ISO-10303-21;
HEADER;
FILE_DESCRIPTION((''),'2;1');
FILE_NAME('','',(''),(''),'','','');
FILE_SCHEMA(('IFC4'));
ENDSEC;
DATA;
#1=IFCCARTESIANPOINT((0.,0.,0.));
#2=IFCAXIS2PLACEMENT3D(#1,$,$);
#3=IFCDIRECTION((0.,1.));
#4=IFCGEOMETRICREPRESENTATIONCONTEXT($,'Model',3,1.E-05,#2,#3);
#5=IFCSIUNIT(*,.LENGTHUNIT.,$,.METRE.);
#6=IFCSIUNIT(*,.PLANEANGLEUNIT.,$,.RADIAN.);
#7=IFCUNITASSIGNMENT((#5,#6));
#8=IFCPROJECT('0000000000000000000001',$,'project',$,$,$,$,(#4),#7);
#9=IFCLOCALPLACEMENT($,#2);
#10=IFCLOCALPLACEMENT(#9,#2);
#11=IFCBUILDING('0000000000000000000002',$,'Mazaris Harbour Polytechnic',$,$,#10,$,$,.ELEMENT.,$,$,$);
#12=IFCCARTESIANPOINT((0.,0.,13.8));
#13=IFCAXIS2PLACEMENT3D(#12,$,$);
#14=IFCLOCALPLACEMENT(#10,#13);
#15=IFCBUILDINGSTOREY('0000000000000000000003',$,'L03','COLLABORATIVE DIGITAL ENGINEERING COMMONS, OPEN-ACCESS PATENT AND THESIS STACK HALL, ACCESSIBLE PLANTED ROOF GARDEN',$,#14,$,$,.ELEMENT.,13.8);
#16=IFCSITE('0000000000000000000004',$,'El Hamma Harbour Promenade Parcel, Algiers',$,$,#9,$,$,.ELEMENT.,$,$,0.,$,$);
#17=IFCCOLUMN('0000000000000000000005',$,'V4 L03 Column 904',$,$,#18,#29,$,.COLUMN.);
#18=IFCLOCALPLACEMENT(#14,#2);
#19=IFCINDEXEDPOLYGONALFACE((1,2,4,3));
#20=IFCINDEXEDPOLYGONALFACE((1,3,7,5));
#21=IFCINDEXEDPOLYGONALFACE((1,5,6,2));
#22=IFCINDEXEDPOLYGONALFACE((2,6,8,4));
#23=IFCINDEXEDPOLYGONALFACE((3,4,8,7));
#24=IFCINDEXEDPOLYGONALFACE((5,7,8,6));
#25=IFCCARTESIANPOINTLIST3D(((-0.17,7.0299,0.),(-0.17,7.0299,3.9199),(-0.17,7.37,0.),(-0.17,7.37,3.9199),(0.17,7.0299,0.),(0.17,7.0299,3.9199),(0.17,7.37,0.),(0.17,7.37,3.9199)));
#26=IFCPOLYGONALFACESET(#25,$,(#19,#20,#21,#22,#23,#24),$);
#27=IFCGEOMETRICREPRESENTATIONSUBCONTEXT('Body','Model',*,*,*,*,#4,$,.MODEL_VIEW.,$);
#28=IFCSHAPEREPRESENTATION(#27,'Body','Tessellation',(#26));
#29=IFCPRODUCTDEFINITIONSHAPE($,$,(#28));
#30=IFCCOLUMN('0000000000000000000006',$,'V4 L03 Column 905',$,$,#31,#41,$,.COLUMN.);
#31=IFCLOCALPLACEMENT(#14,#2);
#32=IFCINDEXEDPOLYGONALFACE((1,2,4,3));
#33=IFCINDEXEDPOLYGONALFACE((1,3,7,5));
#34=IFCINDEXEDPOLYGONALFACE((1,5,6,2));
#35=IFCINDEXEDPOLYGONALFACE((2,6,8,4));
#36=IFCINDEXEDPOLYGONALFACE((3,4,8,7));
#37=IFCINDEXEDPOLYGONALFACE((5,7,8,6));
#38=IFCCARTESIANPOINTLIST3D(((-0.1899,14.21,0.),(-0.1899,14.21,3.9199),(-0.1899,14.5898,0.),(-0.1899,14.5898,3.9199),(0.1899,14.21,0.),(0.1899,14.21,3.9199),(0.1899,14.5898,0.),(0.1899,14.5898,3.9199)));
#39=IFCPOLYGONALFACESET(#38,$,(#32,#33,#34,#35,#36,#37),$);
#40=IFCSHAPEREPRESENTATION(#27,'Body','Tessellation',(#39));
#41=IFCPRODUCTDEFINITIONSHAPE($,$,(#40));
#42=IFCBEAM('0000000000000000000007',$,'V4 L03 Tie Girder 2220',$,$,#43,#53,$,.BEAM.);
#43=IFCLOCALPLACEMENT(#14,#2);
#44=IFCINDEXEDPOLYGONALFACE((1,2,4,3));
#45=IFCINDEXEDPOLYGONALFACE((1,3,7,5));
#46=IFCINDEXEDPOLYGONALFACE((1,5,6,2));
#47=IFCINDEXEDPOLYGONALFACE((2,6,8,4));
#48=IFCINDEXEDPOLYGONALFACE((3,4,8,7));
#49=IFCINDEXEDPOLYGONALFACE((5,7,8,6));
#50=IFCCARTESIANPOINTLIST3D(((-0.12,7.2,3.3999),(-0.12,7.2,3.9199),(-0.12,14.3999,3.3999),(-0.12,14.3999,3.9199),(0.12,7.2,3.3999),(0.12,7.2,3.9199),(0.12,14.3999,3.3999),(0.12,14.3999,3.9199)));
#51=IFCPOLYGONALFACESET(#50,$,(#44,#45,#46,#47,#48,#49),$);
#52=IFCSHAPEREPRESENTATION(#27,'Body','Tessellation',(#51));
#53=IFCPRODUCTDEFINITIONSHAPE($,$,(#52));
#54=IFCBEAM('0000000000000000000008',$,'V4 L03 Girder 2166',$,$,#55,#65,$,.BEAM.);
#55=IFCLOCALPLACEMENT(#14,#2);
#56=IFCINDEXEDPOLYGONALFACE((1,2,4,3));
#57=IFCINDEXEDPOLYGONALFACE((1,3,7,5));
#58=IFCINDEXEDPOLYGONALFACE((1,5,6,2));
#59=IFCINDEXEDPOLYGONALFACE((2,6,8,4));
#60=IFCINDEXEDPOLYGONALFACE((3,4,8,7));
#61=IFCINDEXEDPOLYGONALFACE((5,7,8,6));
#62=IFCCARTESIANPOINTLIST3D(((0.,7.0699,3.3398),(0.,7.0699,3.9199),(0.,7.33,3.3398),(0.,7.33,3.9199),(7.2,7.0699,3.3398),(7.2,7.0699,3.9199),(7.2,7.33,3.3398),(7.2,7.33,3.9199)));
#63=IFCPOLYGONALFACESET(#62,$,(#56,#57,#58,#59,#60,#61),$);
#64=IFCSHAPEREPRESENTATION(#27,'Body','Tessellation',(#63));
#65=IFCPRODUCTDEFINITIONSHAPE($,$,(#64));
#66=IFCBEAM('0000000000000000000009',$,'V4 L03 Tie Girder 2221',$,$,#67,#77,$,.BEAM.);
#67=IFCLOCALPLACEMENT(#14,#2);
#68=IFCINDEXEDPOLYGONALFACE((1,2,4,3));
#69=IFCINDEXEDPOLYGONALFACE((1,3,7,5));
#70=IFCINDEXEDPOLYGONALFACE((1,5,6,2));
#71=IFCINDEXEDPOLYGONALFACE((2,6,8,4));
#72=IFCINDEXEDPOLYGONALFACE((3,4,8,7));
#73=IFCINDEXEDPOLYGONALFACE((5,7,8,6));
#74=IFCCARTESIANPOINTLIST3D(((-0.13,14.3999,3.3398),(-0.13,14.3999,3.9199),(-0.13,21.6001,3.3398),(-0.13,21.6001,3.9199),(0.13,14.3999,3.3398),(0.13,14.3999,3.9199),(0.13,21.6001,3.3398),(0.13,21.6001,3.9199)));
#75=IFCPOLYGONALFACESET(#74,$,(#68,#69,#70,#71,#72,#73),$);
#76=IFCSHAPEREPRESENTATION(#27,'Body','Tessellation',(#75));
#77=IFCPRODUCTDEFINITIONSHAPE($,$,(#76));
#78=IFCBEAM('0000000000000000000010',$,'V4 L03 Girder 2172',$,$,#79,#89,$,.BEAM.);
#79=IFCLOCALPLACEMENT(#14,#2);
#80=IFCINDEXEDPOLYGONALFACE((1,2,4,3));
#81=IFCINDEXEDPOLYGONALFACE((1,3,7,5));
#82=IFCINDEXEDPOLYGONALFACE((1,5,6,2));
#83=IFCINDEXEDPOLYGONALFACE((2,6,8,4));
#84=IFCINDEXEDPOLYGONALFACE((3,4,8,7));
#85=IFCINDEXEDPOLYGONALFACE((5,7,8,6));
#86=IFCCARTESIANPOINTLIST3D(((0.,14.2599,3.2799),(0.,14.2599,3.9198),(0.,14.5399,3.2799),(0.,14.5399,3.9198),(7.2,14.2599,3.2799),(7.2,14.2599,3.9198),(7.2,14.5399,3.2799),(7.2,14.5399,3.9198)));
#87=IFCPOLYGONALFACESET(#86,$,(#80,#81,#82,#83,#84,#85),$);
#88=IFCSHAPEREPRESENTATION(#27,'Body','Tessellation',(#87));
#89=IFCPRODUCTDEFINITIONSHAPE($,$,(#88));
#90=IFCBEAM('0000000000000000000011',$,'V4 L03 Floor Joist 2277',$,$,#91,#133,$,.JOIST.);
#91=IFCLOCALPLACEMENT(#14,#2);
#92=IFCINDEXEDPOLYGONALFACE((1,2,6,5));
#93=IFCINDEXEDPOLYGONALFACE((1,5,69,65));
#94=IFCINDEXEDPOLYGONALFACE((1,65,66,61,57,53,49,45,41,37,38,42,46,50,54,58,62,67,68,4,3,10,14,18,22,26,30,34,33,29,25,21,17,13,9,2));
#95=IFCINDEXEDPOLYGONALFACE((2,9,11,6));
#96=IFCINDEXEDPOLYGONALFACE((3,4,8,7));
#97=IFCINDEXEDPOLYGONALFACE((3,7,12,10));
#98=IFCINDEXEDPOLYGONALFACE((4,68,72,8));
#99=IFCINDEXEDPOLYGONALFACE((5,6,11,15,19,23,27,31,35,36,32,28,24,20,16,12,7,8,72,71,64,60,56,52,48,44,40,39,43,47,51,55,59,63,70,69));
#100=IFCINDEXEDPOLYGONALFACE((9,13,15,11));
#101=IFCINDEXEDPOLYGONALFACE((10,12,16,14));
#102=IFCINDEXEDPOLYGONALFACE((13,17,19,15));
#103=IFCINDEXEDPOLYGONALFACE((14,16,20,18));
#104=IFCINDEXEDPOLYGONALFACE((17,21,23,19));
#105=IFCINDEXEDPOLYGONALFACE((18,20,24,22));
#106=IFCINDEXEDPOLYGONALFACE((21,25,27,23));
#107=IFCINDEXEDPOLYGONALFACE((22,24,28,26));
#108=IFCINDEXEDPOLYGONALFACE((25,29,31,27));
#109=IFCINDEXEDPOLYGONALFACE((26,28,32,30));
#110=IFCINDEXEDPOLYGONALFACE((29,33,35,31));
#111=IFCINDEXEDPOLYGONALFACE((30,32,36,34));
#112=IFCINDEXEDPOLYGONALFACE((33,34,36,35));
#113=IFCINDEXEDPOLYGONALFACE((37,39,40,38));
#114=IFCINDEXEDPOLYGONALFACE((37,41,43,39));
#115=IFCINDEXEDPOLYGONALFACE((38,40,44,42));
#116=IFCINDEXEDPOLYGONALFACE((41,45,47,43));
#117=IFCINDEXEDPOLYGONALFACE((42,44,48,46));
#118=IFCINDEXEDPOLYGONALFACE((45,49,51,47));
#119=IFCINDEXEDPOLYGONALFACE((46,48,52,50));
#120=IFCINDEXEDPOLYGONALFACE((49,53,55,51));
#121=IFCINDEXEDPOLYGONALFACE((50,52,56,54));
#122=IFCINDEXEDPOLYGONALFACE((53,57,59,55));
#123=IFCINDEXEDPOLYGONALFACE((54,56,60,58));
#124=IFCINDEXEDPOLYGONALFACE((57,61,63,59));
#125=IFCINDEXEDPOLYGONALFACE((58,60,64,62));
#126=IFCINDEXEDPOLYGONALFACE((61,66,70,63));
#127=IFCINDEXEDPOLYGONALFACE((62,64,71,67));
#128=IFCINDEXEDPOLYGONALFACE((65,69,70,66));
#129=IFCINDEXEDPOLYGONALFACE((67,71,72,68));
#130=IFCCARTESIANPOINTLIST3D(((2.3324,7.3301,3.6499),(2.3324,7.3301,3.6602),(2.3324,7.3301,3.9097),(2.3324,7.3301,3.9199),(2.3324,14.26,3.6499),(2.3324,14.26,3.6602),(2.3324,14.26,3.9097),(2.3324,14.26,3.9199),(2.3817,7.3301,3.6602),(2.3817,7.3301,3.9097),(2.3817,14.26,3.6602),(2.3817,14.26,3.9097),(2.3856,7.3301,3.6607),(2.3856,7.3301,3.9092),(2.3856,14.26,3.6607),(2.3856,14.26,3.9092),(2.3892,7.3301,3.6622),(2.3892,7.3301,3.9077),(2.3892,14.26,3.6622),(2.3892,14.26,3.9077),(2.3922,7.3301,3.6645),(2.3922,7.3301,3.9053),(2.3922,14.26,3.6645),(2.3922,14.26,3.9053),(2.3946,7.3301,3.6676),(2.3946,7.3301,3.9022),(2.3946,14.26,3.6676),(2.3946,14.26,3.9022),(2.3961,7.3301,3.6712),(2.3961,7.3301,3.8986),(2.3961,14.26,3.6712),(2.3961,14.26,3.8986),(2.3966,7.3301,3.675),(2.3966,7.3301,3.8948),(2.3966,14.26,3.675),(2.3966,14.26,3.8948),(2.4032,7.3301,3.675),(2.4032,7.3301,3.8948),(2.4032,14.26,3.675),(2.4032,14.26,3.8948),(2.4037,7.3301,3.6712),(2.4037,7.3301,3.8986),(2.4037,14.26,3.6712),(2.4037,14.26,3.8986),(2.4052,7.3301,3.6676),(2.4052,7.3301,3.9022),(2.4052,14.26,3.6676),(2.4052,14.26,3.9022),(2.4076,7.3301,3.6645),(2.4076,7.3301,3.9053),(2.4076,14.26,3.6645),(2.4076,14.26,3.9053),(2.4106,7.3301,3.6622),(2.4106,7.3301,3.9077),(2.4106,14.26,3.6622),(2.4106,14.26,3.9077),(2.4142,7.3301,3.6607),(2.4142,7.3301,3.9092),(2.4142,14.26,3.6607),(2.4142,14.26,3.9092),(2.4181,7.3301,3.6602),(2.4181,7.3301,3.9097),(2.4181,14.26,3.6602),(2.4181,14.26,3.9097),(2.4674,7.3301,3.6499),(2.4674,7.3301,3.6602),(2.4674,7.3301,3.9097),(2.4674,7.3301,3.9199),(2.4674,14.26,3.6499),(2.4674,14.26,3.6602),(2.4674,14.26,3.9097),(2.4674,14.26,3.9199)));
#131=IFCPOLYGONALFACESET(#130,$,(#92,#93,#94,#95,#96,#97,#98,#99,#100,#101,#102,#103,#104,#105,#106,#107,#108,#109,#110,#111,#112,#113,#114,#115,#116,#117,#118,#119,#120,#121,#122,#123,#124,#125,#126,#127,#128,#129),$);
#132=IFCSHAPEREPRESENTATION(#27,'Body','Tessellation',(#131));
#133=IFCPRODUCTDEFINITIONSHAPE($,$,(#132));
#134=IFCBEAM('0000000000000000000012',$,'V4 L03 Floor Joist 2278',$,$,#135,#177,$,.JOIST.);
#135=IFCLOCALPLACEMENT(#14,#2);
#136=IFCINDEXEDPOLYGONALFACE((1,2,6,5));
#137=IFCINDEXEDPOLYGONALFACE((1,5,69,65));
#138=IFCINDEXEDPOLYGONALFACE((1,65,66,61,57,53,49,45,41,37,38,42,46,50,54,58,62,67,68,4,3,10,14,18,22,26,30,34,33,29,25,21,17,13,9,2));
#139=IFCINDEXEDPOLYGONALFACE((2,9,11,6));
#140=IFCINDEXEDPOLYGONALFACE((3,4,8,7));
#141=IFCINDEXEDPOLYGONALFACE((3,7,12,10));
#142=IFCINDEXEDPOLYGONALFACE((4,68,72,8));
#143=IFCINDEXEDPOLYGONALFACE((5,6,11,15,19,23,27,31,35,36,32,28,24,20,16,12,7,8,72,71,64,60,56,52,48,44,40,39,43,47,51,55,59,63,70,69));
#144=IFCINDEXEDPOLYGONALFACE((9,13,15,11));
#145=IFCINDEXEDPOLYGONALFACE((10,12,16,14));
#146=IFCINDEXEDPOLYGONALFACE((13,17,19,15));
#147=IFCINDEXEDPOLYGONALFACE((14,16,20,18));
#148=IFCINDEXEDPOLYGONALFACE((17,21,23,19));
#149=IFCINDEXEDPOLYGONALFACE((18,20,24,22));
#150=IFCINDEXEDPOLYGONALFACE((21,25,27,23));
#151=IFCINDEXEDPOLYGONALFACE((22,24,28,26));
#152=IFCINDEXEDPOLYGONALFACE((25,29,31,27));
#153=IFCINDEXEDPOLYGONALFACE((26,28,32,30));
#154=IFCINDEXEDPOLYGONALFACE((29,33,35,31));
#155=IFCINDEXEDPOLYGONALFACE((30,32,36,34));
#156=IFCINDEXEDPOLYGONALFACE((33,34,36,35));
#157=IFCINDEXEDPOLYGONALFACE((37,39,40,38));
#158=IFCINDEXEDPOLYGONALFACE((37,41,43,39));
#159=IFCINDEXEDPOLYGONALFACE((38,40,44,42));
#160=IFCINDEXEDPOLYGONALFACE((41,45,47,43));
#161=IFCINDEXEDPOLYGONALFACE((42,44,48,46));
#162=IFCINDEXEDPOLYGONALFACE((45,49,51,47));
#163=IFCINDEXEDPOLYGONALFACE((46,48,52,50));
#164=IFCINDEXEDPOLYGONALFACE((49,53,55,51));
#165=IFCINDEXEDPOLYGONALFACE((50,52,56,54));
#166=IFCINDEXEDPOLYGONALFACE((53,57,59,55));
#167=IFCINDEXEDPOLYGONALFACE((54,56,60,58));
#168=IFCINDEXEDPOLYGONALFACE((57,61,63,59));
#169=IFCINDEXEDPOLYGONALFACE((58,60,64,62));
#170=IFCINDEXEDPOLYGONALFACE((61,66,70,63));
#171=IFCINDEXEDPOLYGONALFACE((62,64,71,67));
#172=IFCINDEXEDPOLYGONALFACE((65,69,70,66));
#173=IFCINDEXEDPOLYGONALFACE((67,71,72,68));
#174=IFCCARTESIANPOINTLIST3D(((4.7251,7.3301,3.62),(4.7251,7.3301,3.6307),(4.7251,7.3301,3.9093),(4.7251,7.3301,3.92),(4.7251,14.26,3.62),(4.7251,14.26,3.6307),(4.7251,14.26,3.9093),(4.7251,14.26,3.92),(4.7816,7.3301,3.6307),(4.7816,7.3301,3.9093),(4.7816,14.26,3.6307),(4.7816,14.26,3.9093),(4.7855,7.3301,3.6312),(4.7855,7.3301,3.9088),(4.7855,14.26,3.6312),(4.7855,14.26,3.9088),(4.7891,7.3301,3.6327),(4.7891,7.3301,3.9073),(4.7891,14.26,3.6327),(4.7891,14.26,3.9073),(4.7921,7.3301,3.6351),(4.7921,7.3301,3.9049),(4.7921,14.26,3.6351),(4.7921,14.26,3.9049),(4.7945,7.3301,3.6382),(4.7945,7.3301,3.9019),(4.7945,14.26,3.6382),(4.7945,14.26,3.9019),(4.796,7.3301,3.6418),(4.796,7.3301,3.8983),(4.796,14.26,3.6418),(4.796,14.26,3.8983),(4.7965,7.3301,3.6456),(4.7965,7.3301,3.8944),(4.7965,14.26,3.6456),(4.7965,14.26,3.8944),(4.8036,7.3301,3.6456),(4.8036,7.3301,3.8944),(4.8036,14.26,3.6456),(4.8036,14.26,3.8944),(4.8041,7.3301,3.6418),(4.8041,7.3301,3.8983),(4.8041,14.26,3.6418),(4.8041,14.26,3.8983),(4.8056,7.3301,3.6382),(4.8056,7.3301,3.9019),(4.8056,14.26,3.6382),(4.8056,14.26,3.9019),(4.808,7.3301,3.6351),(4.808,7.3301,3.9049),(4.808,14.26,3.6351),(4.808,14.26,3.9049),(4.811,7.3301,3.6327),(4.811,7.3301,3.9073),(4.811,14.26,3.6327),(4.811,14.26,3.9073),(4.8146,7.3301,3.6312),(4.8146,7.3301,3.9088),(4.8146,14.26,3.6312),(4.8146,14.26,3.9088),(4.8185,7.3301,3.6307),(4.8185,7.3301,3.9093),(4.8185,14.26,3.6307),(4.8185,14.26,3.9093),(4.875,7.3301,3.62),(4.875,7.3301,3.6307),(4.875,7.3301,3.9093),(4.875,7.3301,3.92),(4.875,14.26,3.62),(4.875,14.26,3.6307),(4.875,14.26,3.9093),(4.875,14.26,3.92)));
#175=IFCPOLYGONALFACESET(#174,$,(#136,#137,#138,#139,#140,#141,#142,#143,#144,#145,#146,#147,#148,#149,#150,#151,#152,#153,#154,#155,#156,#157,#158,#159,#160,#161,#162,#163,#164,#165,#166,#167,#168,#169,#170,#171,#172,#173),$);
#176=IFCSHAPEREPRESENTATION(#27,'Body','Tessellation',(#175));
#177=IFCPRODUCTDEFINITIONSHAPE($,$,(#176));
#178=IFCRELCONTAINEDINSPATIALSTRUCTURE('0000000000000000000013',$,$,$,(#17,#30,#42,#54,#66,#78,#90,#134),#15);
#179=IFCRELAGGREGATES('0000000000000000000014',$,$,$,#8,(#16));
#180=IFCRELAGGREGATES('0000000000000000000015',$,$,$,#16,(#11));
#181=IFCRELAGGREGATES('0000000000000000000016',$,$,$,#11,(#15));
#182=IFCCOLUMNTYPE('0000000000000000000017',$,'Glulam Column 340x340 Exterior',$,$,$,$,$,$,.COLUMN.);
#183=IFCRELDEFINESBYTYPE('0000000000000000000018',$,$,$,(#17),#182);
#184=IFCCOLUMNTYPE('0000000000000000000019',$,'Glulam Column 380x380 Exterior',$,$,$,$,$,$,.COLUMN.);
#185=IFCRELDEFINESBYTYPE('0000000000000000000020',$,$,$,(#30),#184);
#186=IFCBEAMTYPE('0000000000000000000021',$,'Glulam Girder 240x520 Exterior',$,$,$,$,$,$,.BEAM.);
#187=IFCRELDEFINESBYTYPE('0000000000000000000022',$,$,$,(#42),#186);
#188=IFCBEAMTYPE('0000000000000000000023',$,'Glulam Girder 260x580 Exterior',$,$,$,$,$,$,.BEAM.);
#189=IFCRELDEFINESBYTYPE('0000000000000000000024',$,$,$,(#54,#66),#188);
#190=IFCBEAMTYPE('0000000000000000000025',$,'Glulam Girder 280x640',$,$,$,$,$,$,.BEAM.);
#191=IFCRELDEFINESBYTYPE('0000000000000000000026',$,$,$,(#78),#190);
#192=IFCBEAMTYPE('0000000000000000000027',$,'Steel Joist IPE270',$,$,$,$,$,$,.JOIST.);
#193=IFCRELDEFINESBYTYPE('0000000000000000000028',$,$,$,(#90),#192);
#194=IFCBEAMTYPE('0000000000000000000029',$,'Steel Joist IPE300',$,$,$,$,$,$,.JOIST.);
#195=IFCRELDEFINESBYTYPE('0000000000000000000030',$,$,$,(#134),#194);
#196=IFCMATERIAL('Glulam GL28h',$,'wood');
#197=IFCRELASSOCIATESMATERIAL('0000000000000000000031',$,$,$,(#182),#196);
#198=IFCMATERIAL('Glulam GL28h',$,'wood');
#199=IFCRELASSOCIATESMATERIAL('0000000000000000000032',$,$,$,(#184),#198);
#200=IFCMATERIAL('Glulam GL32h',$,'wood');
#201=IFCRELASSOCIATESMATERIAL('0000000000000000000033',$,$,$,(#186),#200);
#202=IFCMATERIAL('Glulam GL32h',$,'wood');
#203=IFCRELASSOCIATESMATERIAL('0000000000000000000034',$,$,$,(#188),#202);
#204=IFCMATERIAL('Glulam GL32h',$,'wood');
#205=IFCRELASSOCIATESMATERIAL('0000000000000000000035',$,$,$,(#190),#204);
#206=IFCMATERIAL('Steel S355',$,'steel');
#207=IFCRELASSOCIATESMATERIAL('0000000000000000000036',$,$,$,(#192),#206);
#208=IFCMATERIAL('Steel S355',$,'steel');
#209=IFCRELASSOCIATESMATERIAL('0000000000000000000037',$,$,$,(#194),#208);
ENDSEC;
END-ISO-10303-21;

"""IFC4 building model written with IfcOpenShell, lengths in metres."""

from ifc_helpers import new_model, si_unit, direction, frame, origin, origin_2d, place, context, subcontext, project, spatial, rectangle, i_section, extrude, material, material_profile, profile_set, type_object, element, save


model = new_model("IFC4")

# Units and contexts
model_context = context("Model", 3, precision=1e-05, world=origin(), true_north=direction((0.0, 1.0)))
body_context = subcontext(model_context, "Body", "Model", "MODEL_VIEW")
ifc_project = project(units=[si_unit("LENGTHUNIT", "METRE"), si_unit("PLANEANGLEUNIT", "RADIAN")], contexts=[model_context])

# Site, building, storey
site_placement = place(None, origin())
site = spatial("IfcSite", under=ifc_project, at=site_placement, Name="El Hamma Harbour Promenade Parcel, Algiers", CompositionType="ELEMENT", RefElevation=0.0)
building_placement = place(site_placement, origin())
building = spatial("IfcBuilding", under=site, at=building_placement, Name="Mazaris Harbour Polytechnic", CompositionType="ELEMENT")
storey_placement = place(building_placement, frame((0.0, 0.0, 13.8)))
storey = spatial("IfcBuildingStorey", under=building, at=storey_placement, Name="L03", Description="COLLABORATIVE DIGITAL ENGINEERING COMMONS, OPEN-ACCESS PATENT AND THESIS STACK HALL, ACCESSIBLE PLANTED ROOF GARDEN", CompositionType="ELEMENT", Elevation=13.8)

# Columns
ifc_material_1 = material(Name="Glulam GL28h", Category="wood")
ifc_material_profile_1 = material_profile(ifc_material_1, rectangle(XDim=0.3401, YDim=0.3401, at=origin_2d()), Name="RECT340x340")
ifc_profile_set_1 = profile_set([ifc_material_profile_1], Name="Glulam GL28h")
column_type_1 = type_object("IfcColumnType", Name="Glulam Column 340x340 Exterior", PredefinedType="COLUMN", material=ifc_profile_set_1)
column_1_placement = place(storey_placement, frame((0.0, 7.2, 0.0), z_axis=(0.0, 0.0, 1.0), x_axis=(1.0, 0.0, 0.0)))
element("IfcColumn", 1, at=column_1_placement, inside=storey, type_object=column_type_1, Name="V4 L03 Column 904", PredefinedType="COLUMN", context=body_context, shape_type="SweptSolid", body=[
    extrude(rectangle(XDim=0.3401, YDim=0.3401, at=origin_2d()), origin(), (0.0, 0.0, 1.0), 3.9199),
])
ifc_material_2 = material(Name="Glulam GL28h", Category="wood")
ifc_material_profile_2 = material_profile(ifc_material_2, rectangle(XDim=0.3799, YDim=0.3799, at=origin_2d()), Name="RECT380x380")
ifc_profile_set_2 = profile_set([ifc_material_profile_2], Name="Glulam GL28h")
column_type_2 = type_object("IfcColumnType", Name="Glulam Column 380x380 Exterior", PredefinedType="COLUMN", material=ifc_profile_set_2)
column_2_placement = place(storey_placement, frame((0.0, 14.3999, 0.0), z_axis=(0.0, 0.0, 1.0), x_axis=(1.0, 0.0, 0.0)))
element("IfcColumn", 2, at=column_2_placement, inside=storey, type_object=column_type_2, Name="V4 L03 Column 905", PredefinedType="COLUMN", context=body_context, shape_type="SweptSolid", body=[
    extrude(rectangle(XDim=0.3799, YDim=0.3799, at=origin_2d()), origin(), (0.0, 0.0, 1.0), 3.9199),
])

# Beams
ifc_material_3 = material(Name="Glulam GL32h", Category="wood")
ifc_material_profile_3 = material_profile(ifc_material_3, rectangle(XDim=0.24, YDim=0.52, at=origin_2d()), Name="RECT240x520")
ifc_profile_set_3 = profile_set([ifc_material_profile_3], Name="Glulam GL32h")
beam_type_1 = type_object("IfcBeamType", Name="Glulam Girder 240x520 Exterior", PredefinedType="BEAM", material=ifc_profile_set_3)
beam_1_placement = place(storey_placement, frame((0.0, 7.2, 3.6599), z_axis=(0.0, 1.0, 0.0), x_axis=(-1.0, 0.0, 0.0)))
element("IfcBeam", 3, at=beam_1_placement, inside=storey, type_object=beam_type_1, Name="V4 L03 Tie Girder 2220", PredefinedType="BEAM", context=body_context, shape_type="SweptSolid", body=[
    extrude(rectangle(XDim=0.24, YDim=0.52, at=origin_2d()), origin(), (0.0, 0.0, 1.0), 7.2),
])
ifc_material_4 = material(Name="Glulam GL32h", Category="wood")
ifc_material_profile_4 = material_profile(ifc_material_4, rectangle(XDim=0.26, YDim=0.5801, at=origin_2d()), Name="RECT260x580")
ifc_profile_set_4 = profile_set([ifc_material_profile_4], Name="Glulam GL32h")
beam_type_2 = type_object("IfcBeamType", Name="Glulam Girder 260x580 Exterior", PredefinedType="BEAM", material=ifc_profile_set_4)
beam_2_placement = place(storey_placement, frame((0.0, 7.2, 3.6299), z_axis=(1.0, 0.0, 0.0), x_axis=(0.0, 1.0, 0.0)))
element("IfcBeam", 4, at=beam_2_placement, inside=storey, type_object=beam_type_2, Name="V4 L03 Girder 2166", PredefinedType="BEAM", context=body_context, shape_type="SweptSolid", body=[
    extrude(rectangle(XDim=0.26, YDim=0.5801, at=origin_2d()), origin(), (0.0, 0.0, 1.0), 7.2),
])
beam_3_placement = place(storey_placement, frame((0.0, 14.3999, 3.6299), z_axis=(0.0, 1.0, 0.0), x_axis=(-1.0, 0.0, 0.0)))
element("IfcBeam", 5, at=beam_3_placement, inside=storey, type_object=beam_type_2, Name="V4 L03 Tie Girder 2221", PredefinedType="BEAM", context=body_context, shape_type="SweptSolid", body=[
    extrude(rectangle(XDim=0.26, YDim=0.5801, at=origin_2d()), origin(), (0.0, 0.0, 1.0), 7.2002),
])
ifc_material_5 = material(Name="Glulam GL32h", Category="wood")
ifc_material_profile_5 = material_profile(ifc_material_5, rectangle(XDim=0.28, YDim=0.6399, at=origin_2d()), Name="RECT280x640")
ifc_profile_set_5 = profile_set([ifc_material_profile_5], Name="Glulam GL32h")
beam_type_3 = type_object("IfcBeamType", Name="Glulam Girder 280x640", PredefinedType="BEAM", material=ifc_profile_set_5)
beam_4_placement = place(storey_placement, frame((0.0, 14.3999, 3.5999), z_axis=(1.0, 0.0, 0.0), x_axis=(0.0, 1.0, 0.0)))
element("IfcBeam", 6, at=beam_4_placement, inside=storey, type_object=beam_type_3, Name="V4 L03 Girder 2172", PredefinedType="BEAM", context=body_context, shape_type="SweptSolid", body=[
    extrude(rectangle(XDim=0.28, YDim=0.6399, at=origin_2d()), origin(), (0.0, 0.0, 1.0), 7.2),
])
ifc_material_6 = material(Name="Steel S355", Category="steel")
ifc_material_profile_6 = material_profile(ifc_material_6, i_section(OverallWidth=0.135, OverallDepth=0.27, WebThickness=0.0066, FlangeThickness=0.0103, FilletRadius=0.0149, at=origin_2d()), Name="IPE 270")
ifc_profile_set_6 = profile_set([ifc_material_profile_6], Name="Steel S355")
beam_type_4 = type_object("IfcBeamType", Name="Steel Joist IPE270", PredefinedType="JOIST", material=ifc_profile_set_6)
beam_5_placement = place(storey_placement, frame((2.3999, 7.3301, 3.7849), z_axis=(0.0, 1.0, 0.0), x_axis=(-1.0, 0.0, 0.0)))
element("IfcBeam", 7, at=beam_5_placement, inside=storey, type_object=beam_type_4, Name="V4 L03 Floor Joist 2277", PredefinedType="JOIST", context=body_context, shape_type="SweptSolid", body=[
    extrude(i_section(OverallWidth=0.135, OverallDepth=0.27, WebThickness=0.0066, FlangeThickness=0.0103, FilletRadius=0.0149, at=origin_2d()), origin(), (0.0, 0.0, 1.0), 6.9299),
])
ifc_material_7 = material(Name="Steel S355", Category="steel")
ifc_material_profile_7 = material_profile(ifc_material_7, i_section(OverallWidth=0.1499, OverallDepth=0.3, WebThickness=0.0071, FlangeThickness=0.0107, FilletRadius=0.0149, at=origin_2d()), Name="IPE 300")
ifc_profile_set_7 = profile_set([ifc_material_profile_7], Name="Steel S355")
beam_type_5 = type_object("IfcBeamType", Name="Steel Joist IPE300", PredefinedType="JOIST", material=ifc_profile_set_7)
beam_6_placement = place(storey_placement, frame((4.8, 7.3301, 3.77), z_axis=(0.0, 1.0, 0.0), x_axis=(-1.0, 0.0, 0.0)))
element("IfcBeam", 8, at=beam_6_placement, inside=storey, type_object=beam_type_5, Name="V4 L03 Floor Joist 2278", PredefinedType="JOIST", context=body_context, shape_type="SweptSolid", body=[
    extrude(i_section(OverallWidth=0.1499, OverallDepth=0.3, WebThickness=0.0071, FlangeThickness=0.0107, FilletRadius=0.0149, at=origin_2d()), origin(), (0.0, 0.0, 1.0), 6.9299),
])

save(model, "model.ifc")
